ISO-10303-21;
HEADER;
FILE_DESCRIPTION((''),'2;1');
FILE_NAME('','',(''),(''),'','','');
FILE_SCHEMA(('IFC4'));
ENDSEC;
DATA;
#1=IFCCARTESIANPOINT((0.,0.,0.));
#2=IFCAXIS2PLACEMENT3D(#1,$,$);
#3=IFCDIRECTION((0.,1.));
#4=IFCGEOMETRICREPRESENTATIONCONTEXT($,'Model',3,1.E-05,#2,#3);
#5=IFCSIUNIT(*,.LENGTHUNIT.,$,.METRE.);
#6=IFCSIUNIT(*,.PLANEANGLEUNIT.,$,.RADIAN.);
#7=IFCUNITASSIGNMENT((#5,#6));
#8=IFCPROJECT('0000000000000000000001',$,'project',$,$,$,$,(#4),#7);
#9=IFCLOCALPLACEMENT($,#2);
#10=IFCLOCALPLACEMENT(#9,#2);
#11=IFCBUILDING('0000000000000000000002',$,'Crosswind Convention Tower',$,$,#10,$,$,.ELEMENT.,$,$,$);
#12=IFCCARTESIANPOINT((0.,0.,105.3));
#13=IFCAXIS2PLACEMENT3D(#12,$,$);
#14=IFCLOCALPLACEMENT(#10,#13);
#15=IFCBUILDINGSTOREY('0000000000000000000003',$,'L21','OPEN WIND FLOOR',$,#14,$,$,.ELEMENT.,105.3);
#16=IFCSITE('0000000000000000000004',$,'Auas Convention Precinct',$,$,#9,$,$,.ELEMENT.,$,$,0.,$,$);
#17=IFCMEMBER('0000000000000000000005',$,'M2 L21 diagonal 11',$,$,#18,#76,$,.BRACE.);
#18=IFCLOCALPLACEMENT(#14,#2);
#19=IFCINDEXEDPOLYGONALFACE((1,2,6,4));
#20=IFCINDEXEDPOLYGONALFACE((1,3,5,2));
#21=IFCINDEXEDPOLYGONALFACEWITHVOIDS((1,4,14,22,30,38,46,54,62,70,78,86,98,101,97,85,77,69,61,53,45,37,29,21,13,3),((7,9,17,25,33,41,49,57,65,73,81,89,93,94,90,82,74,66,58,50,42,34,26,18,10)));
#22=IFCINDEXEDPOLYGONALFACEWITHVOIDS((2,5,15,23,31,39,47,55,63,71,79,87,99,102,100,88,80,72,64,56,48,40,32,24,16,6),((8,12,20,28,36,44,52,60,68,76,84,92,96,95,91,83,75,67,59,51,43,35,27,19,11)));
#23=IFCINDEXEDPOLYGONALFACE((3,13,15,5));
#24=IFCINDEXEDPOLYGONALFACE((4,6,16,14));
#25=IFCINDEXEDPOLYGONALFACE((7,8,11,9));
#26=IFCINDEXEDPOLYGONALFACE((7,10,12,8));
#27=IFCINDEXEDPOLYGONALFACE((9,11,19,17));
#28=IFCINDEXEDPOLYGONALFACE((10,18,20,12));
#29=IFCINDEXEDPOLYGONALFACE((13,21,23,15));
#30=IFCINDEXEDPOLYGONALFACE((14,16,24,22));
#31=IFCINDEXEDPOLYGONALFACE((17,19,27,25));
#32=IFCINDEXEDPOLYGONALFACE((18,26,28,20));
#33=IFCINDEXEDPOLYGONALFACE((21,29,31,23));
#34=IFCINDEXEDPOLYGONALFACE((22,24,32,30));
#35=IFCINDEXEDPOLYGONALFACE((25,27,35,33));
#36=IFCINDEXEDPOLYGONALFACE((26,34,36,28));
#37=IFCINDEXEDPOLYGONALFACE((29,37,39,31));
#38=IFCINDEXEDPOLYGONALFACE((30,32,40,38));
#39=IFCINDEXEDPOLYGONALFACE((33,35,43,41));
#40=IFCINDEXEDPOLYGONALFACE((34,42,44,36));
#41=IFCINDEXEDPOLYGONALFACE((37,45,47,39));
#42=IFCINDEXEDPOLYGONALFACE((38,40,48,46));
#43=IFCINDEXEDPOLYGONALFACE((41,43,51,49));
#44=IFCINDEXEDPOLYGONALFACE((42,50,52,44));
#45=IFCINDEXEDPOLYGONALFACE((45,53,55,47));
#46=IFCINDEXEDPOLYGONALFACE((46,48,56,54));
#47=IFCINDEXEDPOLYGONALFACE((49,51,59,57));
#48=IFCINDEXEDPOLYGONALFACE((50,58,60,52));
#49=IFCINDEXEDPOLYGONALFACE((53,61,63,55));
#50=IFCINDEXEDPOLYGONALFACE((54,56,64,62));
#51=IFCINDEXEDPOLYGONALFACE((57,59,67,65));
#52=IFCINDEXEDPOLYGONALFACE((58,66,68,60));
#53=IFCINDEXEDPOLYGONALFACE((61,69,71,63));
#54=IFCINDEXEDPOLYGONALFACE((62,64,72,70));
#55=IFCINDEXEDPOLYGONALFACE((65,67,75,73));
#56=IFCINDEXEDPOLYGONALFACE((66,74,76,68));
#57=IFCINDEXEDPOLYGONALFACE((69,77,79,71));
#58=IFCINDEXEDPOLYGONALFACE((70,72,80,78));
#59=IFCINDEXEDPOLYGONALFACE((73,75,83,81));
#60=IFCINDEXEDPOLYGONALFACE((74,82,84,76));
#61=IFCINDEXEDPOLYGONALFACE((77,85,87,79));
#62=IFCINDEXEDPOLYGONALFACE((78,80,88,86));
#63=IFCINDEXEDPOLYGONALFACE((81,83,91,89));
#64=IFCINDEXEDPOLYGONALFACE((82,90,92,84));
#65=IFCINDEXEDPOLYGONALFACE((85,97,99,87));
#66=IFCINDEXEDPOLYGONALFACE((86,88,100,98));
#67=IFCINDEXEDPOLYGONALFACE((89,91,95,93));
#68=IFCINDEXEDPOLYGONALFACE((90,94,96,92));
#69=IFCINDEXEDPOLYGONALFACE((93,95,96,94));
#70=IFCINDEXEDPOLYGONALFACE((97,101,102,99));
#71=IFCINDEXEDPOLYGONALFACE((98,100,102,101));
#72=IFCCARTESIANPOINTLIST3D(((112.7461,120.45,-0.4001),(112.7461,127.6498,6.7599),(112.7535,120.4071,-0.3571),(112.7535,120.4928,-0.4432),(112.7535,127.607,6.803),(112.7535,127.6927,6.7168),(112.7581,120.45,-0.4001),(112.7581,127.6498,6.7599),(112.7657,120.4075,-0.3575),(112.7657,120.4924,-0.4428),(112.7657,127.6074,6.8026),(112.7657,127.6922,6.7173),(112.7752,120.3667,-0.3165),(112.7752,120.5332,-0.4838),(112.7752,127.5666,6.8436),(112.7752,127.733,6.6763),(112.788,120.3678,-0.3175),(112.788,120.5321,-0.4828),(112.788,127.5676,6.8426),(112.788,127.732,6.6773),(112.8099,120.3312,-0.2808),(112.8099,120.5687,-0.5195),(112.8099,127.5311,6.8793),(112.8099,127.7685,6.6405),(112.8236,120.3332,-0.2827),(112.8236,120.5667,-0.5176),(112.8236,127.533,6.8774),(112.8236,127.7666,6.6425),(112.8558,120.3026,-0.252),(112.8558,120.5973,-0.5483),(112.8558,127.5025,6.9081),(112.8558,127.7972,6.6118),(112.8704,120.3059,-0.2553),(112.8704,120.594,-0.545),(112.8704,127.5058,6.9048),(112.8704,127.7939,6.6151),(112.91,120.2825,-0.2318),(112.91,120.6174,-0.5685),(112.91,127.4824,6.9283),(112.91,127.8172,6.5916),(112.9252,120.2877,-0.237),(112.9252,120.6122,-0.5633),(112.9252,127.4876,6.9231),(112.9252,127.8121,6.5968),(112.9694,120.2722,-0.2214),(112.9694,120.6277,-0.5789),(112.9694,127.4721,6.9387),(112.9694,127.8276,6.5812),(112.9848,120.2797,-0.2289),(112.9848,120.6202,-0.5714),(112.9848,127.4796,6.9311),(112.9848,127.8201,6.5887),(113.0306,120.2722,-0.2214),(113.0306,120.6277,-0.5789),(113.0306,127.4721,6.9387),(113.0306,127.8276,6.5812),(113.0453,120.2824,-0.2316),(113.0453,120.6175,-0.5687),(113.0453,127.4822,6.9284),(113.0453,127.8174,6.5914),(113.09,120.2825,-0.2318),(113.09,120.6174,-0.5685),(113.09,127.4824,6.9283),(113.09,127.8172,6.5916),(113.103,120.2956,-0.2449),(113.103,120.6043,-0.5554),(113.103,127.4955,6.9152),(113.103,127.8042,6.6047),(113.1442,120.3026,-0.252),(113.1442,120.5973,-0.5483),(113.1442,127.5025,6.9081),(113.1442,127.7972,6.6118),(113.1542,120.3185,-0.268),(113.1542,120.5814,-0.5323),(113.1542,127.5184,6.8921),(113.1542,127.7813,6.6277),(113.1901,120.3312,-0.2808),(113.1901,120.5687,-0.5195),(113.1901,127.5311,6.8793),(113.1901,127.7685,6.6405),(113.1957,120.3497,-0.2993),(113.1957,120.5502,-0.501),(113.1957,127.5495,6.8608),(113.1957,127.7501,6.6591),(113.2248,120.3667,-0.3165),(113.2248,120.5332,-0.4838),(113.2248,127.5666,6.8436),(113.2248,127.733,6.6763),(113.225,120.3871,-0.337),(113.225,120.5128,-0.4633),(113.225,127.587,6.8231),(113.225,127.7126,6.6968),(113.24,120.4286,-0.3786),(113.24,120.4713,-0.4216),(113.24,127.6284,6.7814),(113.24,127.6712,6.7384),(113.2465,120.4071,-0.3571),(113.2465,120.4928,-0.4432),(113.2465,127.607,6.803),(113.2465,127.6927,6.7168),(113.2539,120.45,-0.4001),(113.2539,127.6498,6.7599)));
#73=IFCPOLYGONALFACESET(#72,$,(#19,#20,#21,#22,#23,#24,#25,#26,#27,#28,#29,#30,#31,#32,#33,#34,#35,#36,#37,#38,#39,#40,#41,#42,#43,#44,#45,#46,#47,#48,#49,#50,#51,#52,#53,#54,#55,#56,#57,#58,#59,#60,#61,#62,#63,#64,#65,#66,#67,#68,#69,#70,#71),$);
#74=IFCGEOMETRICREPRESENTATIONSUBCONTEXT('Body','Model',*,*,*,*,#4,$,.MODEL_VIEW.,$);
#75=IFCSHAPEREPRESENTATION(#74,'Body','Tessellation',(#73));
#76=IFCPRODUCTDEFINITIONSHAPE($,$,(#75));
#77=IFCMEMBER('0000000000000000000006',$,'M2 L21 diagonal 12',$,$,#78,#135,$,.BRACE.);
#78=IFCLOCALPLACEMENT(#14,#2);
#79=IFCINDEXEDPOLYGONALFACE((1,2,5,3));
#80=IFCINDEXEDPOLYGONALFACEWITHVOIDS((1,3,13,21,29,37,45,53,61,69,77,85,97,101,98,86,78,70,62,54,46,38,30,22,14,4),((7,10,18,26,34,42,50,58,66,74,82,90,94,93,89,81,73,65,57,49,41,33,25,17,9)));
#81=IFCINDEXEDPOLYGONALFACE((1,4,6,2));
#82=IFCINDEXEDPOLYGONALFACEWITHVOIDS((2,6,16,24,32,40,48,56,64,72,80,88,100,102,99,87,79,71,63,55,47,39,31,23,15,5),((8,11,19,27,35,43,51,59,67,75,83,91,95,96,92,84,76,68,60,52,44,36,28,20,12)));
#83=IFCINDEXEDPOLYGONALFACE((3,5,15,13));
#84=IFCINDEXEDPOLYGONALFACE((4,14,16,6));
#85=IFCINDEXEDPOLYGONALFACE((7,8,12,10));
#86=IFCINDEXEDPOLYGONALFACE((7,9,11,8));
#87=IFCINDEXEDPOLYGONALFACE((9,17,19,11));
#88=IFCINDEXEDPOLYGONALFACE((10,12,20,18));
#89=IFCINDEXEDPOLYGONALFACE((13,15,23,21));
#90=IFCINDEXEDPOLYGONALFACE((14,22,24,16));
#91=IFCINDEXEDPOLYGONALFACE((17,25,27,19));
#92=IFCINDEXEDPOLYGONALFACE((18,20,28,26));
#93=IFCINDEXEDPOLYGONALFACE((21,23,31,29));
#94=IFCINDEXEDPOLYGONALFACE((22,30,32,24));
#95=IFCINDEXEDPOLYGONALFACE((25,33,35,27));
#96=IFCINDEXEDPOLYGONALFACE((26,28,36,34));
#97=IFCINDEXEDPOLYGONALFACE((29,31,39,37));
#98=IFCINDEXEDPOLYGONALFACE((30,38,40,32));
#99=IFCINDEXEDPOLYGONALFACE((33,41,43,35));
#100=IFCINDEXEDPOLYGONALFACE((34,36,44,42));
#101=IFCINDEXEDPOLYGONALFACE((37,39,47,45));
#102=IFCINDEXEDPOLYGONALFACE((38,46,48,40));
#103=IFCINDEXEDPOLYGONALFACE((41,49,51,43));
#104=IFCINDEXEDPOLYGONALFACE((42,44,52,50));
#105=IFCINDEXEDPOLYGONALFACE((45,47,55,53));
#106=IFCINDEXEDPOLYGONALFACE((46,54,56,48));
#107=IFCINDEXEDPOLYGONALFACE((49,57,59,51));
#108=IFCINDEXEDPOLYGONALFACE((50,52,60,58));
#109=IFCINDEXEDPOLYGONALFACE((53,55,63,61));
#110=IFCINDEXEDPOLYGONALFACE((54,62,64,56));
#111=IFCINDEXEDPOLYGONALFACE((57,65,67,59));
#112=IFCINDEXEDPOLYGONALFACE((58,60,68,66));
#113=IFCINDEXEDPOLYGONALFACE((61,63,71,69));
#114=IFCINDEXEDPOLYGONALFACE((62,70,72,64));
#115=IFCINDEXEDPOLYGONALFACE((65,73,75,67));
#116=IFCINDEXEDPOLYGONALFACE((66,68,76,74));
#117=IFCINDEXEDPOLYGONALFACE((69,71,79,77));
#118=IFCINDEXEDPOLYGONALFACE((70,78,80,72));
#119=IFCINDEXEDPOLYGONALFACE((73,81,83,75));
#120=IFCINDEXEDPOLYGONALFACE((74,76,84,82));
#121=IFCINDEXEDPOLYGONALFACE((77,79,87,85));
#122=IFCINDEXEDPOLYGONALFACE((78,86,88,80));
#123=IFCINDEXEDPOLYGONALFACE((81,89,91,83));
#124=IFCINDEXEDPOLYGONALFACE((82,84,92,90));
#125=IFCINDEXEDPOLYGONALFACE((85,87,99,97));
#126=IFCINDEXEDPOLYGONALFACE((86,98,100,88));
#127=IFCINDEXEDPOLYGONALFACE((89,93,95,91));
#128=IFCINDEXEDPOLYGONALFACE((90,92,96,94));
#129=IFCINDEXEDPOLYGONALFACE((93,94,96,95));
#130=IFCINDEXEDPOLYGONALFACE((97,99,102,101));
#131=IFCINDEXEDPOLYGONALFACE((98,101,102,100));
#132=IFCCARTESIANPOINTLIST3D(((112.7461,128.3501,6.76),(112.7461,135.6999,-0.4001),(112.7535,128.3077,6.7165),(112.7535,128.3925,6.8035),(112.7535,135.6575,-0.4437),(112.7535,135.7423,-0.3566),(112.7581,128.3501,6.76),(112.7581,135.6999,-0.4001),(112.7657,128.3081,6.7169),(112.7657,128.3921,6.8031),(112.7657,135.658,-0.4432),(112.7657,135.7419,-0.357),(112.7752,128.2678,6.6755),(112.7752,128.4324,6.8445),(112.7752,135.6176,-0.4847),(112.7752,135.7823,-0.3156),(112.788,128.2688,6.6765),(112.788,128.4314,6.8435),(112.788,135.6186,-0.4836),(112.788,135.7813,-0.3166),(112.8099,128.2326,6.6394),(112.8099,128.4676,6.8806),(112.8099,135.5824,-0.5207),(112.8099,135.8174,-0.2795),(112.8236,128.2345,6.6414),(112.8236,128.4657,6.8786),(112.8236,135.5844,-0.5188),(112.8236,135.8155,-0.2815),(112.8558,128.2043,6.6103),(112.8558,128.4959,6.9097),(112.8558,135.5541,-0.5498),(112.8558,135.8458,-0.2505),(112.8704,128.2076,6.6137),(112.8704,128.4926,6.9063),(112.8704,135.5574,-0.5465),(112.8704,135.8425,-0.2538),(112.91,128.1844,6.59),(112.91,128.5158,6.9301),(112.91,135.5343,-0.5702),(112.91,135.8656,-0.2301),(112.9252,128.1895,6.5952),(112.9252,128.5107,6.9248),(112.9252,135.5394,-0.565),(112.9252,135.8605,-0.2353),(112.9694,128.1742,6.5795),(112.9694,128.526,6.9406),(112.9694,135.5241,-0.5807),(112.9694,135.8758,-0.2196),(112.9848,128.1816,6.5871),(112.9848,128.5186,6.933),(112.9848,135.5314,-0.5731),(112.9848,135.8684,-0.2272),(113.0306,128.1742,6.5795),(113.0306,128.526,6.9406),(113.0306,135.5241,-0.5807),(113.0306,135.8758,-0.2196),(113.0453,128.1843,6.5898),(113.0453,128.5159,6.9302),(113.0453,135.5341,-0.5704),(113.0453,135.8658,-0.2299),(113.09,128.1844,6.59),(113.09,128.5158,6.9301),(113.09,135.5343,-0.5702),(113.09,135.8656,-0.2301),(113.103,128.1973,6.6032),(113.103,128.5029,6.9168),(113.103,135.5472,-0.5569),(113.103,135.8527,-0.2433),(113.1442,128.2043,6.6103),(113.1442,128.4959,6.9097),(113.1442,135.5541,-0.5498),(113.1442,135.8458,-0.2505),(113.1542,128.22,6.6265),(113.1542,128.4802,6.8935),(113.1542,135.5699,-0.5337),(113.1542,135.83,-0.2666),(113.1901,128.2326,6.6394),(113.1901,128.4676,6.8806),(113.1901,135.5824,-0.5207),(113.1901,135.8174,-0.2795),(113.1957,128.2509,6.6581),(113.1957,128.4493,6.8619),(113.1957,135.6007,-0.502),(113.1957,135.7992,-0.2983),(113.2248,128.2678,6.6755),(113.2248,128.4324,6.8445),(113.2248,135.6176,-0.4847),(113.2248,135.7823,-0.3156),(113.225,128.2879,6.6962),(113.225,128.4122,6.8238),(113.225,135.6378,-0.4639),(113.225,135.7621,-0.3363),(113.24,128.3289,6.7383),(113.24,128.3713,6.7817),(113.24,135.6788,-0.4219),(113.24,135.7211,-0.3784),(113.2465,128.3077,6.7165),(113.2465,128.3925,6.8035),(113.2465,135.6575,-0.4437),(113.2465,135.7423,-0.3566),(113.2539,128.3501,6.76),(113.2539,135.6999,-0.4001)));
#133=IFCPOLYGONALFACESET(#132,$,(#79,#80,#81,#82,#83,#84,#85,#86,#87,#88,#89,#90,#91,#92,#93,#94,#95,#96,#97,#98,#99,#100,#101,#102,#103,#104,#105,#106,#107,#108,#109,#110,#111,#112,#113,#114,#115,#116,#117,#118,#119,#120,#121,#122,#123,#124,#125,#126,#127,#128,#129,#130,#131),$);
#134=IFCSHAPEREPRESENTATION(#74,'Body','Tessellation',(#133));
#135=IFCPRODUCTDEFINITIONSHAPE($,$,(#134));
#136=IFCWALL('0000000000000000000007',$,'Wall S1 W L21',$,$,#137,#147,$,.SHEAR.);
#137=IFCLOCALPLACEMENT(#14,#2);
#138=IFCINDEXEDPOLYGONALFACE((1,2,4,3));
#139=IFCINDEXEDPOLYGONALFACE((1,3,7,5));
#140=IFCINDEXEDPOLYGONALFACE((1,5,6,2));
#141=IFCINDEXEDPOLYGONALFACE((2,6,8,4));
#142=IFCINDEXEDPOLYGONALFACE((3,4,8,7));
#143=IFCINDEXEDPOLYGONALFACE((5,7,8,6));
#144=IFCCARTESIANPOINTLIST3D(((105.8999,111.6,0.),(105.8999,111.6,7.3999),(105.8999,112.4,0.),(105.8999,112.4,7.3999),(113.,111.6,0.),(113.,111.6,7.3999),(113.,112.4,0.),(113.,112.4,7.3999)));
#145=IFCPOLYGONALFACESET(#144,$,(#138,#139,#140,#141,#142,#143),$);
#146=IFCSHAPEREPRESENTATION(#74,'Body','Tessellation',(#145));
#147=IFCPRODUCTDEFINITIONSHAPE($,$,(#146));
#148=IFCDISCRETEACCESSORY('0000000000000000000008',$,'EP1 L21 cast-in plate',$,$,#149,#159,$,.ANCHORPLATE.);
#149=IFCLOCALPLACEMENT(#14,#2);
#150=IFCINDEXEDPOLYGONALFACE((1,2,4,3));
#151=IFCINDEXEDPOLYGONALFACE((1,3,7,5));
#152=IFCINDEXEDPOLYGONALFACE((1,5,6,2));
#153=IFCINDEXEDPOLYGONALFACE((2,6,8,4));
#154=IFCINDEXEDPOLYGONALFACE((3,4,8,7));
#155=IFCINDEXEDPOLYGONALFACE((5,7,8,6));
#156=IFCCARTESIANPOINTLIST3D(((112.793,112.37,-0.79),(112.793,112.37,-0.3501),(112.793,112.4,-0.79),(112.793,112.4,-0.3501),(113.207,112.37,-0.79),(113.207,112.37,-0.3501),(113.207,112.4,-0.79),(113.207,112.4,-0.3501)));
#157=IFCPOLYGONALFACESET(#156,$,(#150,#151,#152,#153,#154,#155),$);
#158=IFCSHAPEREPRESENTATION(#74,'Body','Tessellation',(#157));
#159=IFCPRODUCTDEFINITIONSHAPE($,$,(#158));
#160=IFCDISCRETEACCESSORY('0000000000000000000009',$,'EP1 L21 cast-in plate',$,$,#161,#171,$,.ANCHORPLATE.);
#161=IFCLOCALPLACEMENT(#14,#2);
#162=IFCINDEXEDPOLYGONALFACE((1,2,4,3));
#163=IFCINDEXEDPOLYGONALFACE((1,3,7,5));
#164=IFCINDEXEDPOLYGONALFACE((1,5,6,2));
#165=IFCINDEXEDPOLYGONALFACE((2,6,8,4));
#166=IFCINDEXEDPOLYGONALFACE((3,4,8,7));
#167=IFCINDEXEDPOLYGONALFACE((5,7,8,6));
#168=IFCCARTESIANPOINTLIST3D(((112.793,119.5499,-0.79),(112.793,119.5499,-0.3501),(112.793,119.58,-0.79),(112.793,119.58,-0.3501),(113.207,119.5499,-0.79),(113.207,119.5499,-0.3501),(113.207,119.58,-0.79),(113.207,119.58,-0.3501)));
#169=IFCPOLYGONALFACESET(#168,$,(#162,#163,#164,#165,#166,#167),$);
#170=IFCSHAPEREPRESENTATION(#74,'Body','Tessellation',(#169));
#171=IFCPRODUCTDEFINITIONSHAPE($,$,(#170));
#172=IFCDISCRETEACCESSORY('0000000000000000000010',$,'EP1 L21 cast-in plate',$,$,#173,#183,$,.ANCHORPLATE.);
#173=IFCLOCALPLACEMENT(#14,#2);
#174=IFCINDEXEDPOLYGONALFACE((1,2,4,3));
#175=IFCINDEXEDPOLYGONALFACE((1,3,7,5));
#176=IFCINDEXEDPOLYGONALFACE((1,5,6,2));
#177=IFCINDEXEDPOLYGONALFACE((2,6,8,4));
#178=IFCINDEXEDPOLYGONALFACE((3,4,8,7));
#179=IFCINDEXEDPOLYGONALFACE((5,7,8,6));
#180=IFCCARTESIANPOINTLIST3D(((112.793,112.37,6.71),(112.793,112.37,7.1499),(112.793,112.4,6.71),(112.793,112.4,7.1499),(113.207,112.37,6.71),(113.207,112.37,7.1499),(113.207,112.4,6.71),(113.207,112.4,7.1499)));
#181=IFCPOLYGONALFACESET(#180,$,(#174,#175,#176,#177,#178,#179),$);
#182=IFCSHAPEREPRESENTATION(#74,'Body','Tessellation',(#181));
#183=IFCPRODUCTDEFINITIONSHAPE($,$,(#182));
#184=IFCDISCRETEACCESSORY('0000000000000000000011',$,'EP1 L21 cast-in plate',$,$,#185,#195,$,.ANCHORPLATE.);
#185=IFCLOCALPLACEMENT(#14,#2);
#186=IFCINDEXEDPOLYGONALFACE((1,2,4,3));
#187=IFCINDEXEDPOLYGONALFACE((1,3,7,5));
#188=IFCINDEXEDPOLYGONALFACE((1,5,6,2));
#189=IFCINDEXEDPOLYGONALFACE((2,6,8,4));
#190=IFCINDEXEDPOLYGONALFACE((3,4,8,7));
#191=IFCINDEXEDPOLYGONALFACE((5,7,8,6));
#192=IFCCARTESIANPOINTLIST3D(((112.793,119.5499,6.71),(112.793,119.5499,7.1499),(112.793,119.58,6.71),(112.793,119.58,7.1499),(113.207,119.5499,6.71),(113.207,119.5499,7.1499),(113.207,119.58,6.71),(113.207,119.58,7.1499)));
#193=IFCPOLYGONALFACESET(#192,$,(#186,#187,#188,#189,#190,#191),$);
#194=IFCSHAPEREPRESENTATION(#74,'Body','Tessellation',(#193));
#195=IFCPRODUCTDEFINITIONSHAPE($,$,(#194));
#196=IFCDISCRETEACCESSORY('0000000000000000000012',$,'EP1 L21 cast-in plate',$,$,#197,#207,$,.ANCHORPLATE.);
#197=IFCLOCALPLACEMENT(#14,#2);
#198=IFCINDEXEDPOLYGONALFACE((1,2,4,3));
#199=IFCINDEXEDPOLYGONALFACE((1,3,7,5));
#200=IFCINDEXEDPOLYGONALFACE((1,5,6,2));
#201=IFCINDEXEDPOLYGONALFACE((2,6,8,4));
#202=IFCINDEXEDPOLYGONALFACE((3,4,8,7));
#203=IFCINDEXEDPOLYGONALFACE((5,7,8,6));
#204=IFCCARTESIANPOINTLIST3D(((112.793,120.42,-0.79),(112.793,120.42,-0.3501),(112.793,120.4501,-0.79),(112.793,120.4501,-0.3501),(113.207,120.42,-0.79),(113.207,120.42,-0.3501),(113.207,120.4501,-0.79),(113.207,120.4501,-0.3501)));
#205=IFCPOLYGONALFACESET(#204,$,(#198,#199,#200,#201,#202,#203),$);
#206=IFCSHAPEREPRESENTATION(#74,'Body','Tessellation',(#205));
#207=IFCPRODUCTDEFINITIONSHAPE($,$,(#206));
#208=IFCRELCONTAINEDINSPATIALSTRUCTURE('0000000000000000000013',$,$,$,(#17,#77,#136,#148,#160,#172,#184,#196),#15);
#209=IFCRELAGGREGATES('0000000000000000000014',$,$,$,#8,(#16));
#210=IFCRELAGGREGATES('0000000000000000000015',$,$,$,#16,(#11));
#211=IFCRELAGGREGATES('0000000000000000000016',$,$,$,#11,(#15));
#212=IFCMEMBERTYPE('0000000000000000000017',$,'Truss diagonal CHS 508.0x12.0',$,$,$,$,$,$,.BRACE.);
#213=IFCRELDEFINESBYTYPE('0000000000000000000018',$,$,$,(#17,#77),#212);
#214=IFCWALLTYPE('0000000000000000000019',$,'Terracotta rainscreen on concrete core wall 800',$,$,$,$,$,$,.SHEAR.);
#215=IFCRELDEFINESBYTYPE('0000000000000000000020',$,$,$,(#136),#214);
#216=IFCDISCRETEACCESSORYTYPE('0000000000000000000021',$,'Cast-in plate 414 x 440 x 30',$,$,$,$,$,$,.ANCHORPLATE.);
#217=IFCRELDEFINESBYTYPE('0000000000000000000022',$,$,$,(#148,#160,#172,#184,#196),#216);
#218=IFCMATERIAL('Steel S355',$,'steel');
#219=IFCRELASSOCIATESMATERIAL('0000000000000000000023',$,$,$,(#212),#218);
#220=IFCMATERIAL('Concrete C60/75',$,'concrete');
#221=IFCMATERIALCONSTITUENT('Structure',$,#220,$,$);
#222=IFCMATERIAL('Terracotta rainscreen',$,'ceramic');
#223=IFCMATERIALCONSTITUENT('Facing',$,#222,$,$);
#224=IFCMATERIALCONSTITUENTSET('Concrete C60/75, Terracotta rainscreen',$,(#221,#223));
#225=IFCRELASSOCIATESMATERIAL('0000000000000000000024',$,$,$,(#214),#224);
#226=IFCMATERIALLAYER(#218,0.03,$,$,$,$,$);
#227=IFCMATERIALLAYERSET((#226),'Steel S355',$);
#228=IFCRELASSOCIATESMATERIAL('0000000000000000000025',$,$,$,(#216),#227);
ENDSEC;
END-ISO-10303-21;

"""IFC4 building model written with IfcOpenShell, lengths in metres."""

from ifc_helpers import new_model, si_unit, direction, frame, frame_2d, origin, origin_2d, place, context, subcontext, project, spatial, rectangle, hollow_circle, extrude, material, layer, layer_set, constituent, constituent_set, material_profile, profile_set, type_object, element, save


model = new_model("IFC4")

# Units and contexts
model_context = context("Model", 3, precision=1e-05, world=origin(), true_north=direction((0.0, 1.0)))
body_context = subcontext(model_context, "Body", "Model", "MODEL_VIEW")
ifc_project = project(units=[si_unit("LENGTHUNIT", "METRE"), si_unit("PLANEANGLEUNIT", "RADIAN")], contexts=[model_context])

# Site, building, storey
site_placement = place(None, origin())
site = spatial("IfcSite", under=ifc_project, at=site_placement, Name="Auas Convention Precinct", CompositionType="ELEMENT", RefElevation=0.0)
building_placement = place(site_placement, origin())
building = spatial("IfcBuilding", under=site, at=building_placement, Name="Crosswind Convention Tower", CompositionType="ELEMENT")
storey_placement = place(building_placement, frame((0.0, 0.0, 105.3)))
storey = spatial("IfcBuildingStorey", under=building, at=storey_placement, Name="L21", Description="OPEN WIND FLOOR", CompositionType="ELEMENT", Elevation=105.3)

# Shared definitions
ifc_material_1 = material(Name="Concrete C60/75", Category="concrete")

# Members
ifc_material_2 = material(Name="Steel S355", Category="steel")
ifc_material_profile_1 = material_profile(ifc_material_2, hollow_circle(Radius=0.2539, WallThickness=0.012, at=origin_2d()), Name="CHS 508.0x12.0")
ifc_profile_set_1 = profile_set([ifc_material_profile_1], Name="Steel S355")
member_type_1 = type_object("IfcMemberType", Name="Truss diagonal CHS 508.0x12.0", PredefinedType="BRACE", material=ifc_profile_set_1)
member_1_placement = place(storey_placement, frame((113.0, 120.45, -0.4001), z_axis=(0.0, 0.709064, 0.705145), x_axis=(-1.0, 0.0, 0.0)))
element("IfcMember", 1, at=member_1_placement, inside=storey, type_object=member_type_1, Name="M2 L21 diagonal 11", PredefinedType="BRACE", context=body_context, shape_type="SweptSolid", body=[
    extrude(hollow_circle(Radius=0.2539, WallThickness=0.012, at=origin_2d()), origin(), (0.0, 0.0, 1.0), 10.1541),
])
member_2_placement = place(storey_placement, frame((113.0, 128.3501, 6.76), z_axis=(0.0, 0.71629, -0.697803), x_axis=(-1.0, 0.0, 0.0)))
element("IfcMember", 2, at=member_2_placement, inside=storey, type_object=member_type_1, Name="M2 L21 diagonal 12", PredefinedType="BRACE", context=body_context, shape_type="SweptSolid", body=[
    extrude(hollow_circle(Radius=0.2539, WallThickness=0.012, at=origin_2d()), origin(), (0.0, 0.0, 1.0), 10.261),
])

# Wall
ifc_constituent_1 = constituent(ifc_material_1, Name="Structure")
ifc_material_3 = material(Name="Terracotta rainscreen", Category="ceramic")
ifc_constituent_2 = constituent(ifc_material_3, Name="Facing")
ifc_constituent_set = constituent_set(constituents=[ifc_constituent_1, ifc_constituent_2], Name="Concrete C60/75, Terracotta rainscreen")
wall_type = type_object("IfcWallType", Name="Terracotta rainscreen on concrete core wall 800", PredefinedType="SHEAR", material=ifc_constituent_set)
wall_placement = place(storey_placement, frame((113.0, 112.0, 0.0), z_axis=(0.0, 0.0, 1.0), x_axis=(-1.0, 0.0, 0.0)))
element("IfcWall", 3, at=wall_placement, inside=storey, type_object=wall_type, Name="Wall S1 W L21", PredefinedType="SHEAR", context=body_context, shape_type="SweptSolid", body=[
    extrude(rectangle(XDim=7.1001, YDim=0.8, at=frame_2d((3.55, 0.0))), origin(), (0.0, 0.0, 1.0), 7.3999),
])

# Discrete accessories
ifc_layer = layer(ifc_material_2, 0.03)
ifc_layer_set = layer_set([ifc_layer], Name="Steel S355")
discrete_accessory_type_1 = type_object("IfcDiscreteAccessoryType", Name="Cast-in plate 414 x 440 x 30", PredefinedType="ANCHORPLATE", material=ifc_layer_set)
for number, where, z_axis, x_axis, name in (
    (4, (113.0, 112.385, -0.79), (0.0, 0.0, 1.0), (1.0, 0.0, 0.0), "EP1 L21 cast-in plate"),
    (5, (113.0, 119.5649, -0.79), (0.0, 0.0, 1.0), (1.0, 0.0, 0.0), "EP1 L21 cast-in plate"),
    (6, (113.0, 112.385, 6.71), (0.0, 0.0, 1.0), (1.0, 0.0, 0.0), "EP1 L21 cast-in plate"),
    (7, (113.0, 119.5649, 6.71), (0.0, 0.0, 1.0), (1.0, 0.0, 0.0), "EP1 L21 cast-in plate"),
    (8, (113.0, 120.4351, -0.79), (0.0, 0.0, 1.0), (1.0, 0.0, 0.0), "EP1 L21 cast-in plate"),
):
    element("IfcDiscreteAccessory", number, at=place(storey_placement, frame(where, z_axis=z_axis, x_axis=x_axis)), inside=storey, type_object=discrete_accessory_type_1, Name=name, PredefinedType="ANCHORPLATE", context=body_context, shape_type="SweptSolid", body=[
        extrude(rectangle(XDim=0.4141, YDim=0.03, at=origin_2d()), origin(), (0.0, 0.0, 1.0), 0.4399),
    ])

save(model, "model.ifc")
